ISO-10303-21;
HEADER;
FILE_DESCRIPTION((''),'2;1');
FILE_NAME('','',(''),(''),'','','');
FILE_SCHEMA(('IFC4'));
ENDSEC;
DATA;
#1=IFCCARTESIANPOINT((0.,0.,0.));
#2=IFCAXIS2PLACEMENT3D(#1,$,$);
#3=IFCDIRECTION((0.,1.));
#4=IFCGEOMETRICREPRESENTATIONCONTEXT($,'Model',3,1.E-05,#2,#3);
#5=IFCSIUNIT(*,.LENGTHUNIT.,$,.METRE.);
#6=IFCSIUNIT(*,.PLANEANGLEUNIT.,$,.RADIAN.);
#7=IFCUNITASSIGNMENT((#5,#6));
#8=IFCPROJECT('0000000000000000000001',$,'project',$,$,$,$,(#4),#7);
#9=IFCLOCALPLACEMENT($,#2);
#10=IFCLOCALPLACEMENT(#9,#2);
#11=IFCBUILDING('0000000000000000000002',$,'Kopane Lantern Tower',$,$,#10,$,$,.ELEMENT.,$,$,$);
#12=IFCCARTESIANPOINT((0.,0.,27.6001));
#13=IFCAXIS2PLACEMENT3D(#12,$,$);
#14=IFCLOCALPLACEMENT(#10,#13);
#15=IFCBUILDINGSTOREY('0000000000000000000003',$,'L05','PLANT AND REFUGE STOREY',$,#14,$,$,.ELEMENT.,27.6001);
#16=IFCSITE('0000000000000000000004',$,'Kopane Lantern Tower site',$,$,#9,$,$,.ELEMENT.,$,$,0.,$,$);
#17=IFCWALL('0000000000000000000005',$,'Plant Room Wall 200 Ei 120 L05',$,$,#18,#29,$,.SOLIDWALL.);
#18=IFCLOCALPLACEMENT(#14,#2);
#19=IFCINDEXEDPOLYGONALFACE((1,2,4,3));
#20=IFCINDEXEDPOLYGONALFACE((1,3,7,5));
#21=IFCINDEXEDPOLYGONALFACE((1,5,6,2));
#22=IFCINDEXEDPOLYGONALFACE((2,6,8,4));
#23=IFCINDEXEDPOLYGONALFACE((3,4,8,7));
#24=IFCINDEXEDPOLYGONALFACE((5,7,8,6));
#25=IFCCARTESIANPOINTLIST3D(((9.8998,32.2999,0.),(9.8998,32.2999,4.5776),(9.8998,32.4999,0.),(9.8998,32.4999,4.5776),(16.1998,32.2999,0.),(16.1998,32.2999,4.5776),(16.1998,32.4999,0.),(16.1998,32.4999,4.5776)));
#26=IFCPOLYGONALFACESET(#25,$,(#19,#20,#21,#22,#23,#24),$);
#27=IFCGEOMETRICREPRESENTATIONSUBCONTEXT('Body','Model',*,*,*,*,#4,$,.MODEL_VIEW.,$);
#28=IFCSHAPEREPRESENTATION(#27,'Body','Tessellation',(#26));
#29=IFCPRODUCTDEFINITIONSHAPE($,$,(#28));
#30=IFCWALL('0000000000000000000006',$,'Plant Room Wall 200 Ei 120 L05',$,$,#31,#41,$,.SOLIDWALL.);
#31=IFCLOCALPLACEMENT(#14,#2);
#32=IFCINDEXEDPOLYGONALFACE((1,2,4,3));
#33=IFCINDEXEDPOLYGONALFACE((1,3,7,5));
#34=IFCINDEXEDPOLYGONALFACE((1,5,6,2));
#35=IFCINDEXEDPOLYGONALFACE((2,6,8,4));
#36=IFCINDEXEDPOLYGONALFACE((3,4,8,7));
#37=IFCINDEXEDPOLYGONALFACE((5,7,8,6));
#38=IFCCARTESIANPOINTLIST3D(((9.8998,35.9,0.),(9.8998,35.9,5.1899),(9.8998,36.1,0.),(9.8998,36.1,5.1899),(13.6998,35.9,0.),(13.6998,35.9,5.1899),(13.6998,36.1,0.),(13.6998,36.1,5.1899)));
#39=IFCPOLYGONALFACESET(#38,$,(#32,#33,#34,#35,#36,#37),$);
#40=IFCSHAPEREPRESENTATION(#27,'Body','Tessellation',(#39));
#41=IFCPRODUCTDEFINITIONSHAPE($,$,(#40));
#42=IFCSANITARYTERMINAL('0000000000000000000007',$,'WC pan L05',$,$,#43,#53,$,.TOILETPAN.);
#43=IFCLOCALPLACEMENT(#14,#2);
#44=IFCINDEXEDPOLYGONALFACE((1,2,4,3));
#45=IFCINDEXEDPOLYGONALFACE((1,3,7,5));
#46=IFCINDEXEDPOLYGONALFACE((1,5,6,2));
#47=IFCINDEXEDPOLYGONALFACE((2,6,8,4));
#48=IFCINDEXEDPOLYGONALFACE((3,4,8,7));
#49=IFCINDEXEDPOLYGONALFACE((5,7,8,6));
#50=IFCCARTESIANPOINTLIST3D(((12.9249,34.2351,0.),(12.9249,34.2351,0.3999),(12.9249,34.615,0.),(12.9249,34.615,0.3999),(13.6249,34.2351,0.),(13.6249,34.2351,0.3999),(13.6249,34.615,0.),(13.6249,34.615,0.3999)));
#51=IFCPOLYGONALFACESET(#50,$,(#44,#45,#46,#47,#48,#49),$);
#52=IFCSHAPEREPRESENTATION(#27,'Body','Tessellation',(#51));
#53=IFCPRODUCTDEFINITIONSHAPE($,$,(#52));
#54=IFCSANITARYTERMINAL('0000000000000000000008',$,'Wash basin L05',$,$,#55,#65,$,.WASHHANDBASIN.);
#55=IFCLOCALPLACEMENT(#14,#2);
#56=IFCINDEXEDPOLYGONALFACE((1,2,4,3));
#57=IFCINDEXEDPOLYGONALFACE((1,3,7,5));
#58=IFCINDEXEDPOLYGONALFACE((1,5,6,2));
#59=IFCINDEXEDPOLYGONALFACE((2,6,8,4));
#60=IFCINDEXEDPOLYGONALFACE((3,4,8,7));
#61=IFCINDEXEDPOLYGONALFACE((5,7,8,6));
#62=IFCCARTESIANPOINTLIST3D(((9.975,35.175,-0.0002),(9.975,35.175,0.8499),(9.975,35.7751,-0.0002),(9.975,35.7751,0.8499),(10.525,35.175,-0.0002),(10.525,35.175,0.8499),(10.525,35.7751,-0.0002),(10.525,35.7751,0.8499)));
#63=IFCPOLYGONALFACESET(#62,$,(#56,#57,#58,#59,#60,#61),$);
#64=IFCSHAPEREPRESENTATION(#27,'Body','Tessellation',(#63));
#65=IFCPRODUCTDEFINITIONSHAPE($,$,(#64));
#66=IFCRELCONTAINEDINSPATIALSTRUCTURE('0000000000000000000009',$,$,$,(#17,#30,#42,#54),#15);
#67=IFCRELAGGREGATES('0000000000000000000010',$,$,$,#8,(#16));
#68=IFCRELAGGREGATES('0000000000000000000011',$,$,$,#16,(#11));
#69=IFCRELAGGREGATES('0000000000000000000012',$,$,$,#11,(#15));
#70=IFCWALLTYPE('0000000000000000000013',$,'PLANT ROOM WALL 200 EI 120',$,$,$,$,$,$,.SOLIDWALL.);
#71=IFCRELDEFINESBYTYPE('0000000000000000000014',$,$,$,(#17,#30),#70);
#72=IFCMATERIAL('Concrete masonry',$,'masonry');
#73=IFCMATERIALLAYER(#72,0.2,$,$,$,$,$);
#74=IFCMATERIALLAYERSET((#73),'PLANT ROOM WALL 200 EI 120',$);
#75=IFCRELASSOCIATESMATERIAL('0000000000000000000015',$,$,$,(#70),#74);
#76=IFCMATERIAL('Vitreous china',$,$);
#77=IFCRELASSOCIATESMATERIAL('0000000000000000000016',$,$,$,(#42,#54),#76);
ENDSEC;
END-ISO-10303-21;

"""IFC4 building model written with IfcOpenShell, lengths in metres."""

from ifc_helpers import new_model, si_unit, direction, frame, frame_2d, origin, origin_2d, place, context, subcontext, project, spatial, rectangle, extrude, material, layer, layer_set, type_object, element, save


model = new_model("IFC4")

# Units and contexts
model_context = context("Model", 3, precision=1e-05, world=origin(), true_north=direction((0.0, 1.0)))
body_context = subcontext(model_context, "Body", "Model", "MODEL_VIEW")
ifc_project = project(units=[si_unit("LENGTHUNIT", "METRE"), si_unit("PLANEANGLEUNIT", "RADIAN")], contexts=[model_context])

# Site, building, storey
site_placement = place(None, origin())
site = spatial("IfcSite", under=ifc_project, at=site_placement, Name="Kopane Lantern Tower site", CompositionType="ELEMENT", RefElevation=0.0)
building_placement = place(site_placement, origin())
building = spatial("IfcBuilding", under=site, at=building_placement, Name="Kopane Lantern Tower", CompositionType="ELEMENT")
storey_placement = place(building_placement, frame((0.0, 0.0, 27.6001)))
storey = spatial("IfcBuildingStorey", under=building, at=storey_placement, Name="L05", Description="PLANT AND REFUGE STOREY", CompositionType="ELEMENT", Elevation=27.6001)

# Walls
ifc_material_1 = material(Name="Concrete masonry", Category="masonry")
ifc_layer_1 = layer(ifc_material_1, 0.2)
ifc_layer_set_1 = layer_set([ifc_layer_1], Name="PLANT ROOM WALL 200 EI 120")
wall_type_1 = type_object("IfcWallType", Name="PLANT ROOM WALL 200 EI 120", PredefinedType="SOLIDWALL", material=ifc_layer_set_1)
wall_1_placement = place(storey_placement, frame((9.8999, 32.3999, 0.0), z_axis=(0.0, 0.0, 1.0), x_axis=(1.0, 0.0, 0.0)))
element("IfcWall", 1, at=wall_1_placement, inside=storey, type_object=wall_type_1, Name="Plant Room Wall 200 Ei 120 L05", PredefinedType="SOLIDWALL", context=body_context, shape_type="SweptSolid", body=[
    extrude(rectangle(XDim=6.3, YDim=0.2, at=frame_2d((3.1499, 0.0))), origin(), (0.0, 0.0, 1.0), 4.5776),
])
wall_2_placement = place(storey_placement, frame((9.8999, 36.0, 0.0), z_axis=(0.0, 0.0, 1.0), x_axis=(1.0, 0.0, 0.0)))
element("IfcWall", 2, at=wall_2_placement, inside=storey, type_object=wall_type_1, Name="Plant Room Wall 200 Ei 120 L05", PredefinedType="SOLIDWALL", context=body_context, shape_type="SweptSolid", body=[
    extrude(rectangle(XDim=3.8, YDim=0.2, at=frame_2d((1.8999, 0.0))), origin(), (0.0, 0.0, 1.0), 5.1899),
])

# Sanitary terminals
ifc_material_2 = material(Name="Vitreous china")
sanitary_terminal_1_placement = place(storey_placement, frame((13.2749, 34.425, 0.0), z_axis=(0.0, 0.0, 1.0), x_axis=(1.0, 0.0, 0.0)))
element("IfcSanitaryTerminal", 3, at=sanitary_terminal_1_placement, inside=storey, material=ifc_material_2, Name="WC pan L05", PredefinedType="TOILETPAN", context=body_context, shape_type="SweptSolid", body=[
    extrude(rectangle(XDim=0.7, YDim=0.3799, at=origin_2d()), origin(), (0.0, 0.0, 1.0), 0.3999),
])
sanitary_terminal_2_placement = place(storey_placement, frame((10.25, 35.4751, -0.0002), z_axis=(0.0, 0.0, 1.0), x_axis=(1.0, 0.0, 0.0)))
element("IfcSanitaryTerminal", 4, at=sanitary_terminal_2_placement, inside=storey, material=ifc_material_2, Name="Wash basin L05", PredefinedType="WASHHANDBASIN", context=body_context, shape_type="SweptSolid", body=[
    extrude(rectangle(XDim=0.55, YDim=0.6001, at=origin_2d()), origin(), (0.0, 0.0, 1.0), 0.8501),
])

save(model, "model.ifc")
